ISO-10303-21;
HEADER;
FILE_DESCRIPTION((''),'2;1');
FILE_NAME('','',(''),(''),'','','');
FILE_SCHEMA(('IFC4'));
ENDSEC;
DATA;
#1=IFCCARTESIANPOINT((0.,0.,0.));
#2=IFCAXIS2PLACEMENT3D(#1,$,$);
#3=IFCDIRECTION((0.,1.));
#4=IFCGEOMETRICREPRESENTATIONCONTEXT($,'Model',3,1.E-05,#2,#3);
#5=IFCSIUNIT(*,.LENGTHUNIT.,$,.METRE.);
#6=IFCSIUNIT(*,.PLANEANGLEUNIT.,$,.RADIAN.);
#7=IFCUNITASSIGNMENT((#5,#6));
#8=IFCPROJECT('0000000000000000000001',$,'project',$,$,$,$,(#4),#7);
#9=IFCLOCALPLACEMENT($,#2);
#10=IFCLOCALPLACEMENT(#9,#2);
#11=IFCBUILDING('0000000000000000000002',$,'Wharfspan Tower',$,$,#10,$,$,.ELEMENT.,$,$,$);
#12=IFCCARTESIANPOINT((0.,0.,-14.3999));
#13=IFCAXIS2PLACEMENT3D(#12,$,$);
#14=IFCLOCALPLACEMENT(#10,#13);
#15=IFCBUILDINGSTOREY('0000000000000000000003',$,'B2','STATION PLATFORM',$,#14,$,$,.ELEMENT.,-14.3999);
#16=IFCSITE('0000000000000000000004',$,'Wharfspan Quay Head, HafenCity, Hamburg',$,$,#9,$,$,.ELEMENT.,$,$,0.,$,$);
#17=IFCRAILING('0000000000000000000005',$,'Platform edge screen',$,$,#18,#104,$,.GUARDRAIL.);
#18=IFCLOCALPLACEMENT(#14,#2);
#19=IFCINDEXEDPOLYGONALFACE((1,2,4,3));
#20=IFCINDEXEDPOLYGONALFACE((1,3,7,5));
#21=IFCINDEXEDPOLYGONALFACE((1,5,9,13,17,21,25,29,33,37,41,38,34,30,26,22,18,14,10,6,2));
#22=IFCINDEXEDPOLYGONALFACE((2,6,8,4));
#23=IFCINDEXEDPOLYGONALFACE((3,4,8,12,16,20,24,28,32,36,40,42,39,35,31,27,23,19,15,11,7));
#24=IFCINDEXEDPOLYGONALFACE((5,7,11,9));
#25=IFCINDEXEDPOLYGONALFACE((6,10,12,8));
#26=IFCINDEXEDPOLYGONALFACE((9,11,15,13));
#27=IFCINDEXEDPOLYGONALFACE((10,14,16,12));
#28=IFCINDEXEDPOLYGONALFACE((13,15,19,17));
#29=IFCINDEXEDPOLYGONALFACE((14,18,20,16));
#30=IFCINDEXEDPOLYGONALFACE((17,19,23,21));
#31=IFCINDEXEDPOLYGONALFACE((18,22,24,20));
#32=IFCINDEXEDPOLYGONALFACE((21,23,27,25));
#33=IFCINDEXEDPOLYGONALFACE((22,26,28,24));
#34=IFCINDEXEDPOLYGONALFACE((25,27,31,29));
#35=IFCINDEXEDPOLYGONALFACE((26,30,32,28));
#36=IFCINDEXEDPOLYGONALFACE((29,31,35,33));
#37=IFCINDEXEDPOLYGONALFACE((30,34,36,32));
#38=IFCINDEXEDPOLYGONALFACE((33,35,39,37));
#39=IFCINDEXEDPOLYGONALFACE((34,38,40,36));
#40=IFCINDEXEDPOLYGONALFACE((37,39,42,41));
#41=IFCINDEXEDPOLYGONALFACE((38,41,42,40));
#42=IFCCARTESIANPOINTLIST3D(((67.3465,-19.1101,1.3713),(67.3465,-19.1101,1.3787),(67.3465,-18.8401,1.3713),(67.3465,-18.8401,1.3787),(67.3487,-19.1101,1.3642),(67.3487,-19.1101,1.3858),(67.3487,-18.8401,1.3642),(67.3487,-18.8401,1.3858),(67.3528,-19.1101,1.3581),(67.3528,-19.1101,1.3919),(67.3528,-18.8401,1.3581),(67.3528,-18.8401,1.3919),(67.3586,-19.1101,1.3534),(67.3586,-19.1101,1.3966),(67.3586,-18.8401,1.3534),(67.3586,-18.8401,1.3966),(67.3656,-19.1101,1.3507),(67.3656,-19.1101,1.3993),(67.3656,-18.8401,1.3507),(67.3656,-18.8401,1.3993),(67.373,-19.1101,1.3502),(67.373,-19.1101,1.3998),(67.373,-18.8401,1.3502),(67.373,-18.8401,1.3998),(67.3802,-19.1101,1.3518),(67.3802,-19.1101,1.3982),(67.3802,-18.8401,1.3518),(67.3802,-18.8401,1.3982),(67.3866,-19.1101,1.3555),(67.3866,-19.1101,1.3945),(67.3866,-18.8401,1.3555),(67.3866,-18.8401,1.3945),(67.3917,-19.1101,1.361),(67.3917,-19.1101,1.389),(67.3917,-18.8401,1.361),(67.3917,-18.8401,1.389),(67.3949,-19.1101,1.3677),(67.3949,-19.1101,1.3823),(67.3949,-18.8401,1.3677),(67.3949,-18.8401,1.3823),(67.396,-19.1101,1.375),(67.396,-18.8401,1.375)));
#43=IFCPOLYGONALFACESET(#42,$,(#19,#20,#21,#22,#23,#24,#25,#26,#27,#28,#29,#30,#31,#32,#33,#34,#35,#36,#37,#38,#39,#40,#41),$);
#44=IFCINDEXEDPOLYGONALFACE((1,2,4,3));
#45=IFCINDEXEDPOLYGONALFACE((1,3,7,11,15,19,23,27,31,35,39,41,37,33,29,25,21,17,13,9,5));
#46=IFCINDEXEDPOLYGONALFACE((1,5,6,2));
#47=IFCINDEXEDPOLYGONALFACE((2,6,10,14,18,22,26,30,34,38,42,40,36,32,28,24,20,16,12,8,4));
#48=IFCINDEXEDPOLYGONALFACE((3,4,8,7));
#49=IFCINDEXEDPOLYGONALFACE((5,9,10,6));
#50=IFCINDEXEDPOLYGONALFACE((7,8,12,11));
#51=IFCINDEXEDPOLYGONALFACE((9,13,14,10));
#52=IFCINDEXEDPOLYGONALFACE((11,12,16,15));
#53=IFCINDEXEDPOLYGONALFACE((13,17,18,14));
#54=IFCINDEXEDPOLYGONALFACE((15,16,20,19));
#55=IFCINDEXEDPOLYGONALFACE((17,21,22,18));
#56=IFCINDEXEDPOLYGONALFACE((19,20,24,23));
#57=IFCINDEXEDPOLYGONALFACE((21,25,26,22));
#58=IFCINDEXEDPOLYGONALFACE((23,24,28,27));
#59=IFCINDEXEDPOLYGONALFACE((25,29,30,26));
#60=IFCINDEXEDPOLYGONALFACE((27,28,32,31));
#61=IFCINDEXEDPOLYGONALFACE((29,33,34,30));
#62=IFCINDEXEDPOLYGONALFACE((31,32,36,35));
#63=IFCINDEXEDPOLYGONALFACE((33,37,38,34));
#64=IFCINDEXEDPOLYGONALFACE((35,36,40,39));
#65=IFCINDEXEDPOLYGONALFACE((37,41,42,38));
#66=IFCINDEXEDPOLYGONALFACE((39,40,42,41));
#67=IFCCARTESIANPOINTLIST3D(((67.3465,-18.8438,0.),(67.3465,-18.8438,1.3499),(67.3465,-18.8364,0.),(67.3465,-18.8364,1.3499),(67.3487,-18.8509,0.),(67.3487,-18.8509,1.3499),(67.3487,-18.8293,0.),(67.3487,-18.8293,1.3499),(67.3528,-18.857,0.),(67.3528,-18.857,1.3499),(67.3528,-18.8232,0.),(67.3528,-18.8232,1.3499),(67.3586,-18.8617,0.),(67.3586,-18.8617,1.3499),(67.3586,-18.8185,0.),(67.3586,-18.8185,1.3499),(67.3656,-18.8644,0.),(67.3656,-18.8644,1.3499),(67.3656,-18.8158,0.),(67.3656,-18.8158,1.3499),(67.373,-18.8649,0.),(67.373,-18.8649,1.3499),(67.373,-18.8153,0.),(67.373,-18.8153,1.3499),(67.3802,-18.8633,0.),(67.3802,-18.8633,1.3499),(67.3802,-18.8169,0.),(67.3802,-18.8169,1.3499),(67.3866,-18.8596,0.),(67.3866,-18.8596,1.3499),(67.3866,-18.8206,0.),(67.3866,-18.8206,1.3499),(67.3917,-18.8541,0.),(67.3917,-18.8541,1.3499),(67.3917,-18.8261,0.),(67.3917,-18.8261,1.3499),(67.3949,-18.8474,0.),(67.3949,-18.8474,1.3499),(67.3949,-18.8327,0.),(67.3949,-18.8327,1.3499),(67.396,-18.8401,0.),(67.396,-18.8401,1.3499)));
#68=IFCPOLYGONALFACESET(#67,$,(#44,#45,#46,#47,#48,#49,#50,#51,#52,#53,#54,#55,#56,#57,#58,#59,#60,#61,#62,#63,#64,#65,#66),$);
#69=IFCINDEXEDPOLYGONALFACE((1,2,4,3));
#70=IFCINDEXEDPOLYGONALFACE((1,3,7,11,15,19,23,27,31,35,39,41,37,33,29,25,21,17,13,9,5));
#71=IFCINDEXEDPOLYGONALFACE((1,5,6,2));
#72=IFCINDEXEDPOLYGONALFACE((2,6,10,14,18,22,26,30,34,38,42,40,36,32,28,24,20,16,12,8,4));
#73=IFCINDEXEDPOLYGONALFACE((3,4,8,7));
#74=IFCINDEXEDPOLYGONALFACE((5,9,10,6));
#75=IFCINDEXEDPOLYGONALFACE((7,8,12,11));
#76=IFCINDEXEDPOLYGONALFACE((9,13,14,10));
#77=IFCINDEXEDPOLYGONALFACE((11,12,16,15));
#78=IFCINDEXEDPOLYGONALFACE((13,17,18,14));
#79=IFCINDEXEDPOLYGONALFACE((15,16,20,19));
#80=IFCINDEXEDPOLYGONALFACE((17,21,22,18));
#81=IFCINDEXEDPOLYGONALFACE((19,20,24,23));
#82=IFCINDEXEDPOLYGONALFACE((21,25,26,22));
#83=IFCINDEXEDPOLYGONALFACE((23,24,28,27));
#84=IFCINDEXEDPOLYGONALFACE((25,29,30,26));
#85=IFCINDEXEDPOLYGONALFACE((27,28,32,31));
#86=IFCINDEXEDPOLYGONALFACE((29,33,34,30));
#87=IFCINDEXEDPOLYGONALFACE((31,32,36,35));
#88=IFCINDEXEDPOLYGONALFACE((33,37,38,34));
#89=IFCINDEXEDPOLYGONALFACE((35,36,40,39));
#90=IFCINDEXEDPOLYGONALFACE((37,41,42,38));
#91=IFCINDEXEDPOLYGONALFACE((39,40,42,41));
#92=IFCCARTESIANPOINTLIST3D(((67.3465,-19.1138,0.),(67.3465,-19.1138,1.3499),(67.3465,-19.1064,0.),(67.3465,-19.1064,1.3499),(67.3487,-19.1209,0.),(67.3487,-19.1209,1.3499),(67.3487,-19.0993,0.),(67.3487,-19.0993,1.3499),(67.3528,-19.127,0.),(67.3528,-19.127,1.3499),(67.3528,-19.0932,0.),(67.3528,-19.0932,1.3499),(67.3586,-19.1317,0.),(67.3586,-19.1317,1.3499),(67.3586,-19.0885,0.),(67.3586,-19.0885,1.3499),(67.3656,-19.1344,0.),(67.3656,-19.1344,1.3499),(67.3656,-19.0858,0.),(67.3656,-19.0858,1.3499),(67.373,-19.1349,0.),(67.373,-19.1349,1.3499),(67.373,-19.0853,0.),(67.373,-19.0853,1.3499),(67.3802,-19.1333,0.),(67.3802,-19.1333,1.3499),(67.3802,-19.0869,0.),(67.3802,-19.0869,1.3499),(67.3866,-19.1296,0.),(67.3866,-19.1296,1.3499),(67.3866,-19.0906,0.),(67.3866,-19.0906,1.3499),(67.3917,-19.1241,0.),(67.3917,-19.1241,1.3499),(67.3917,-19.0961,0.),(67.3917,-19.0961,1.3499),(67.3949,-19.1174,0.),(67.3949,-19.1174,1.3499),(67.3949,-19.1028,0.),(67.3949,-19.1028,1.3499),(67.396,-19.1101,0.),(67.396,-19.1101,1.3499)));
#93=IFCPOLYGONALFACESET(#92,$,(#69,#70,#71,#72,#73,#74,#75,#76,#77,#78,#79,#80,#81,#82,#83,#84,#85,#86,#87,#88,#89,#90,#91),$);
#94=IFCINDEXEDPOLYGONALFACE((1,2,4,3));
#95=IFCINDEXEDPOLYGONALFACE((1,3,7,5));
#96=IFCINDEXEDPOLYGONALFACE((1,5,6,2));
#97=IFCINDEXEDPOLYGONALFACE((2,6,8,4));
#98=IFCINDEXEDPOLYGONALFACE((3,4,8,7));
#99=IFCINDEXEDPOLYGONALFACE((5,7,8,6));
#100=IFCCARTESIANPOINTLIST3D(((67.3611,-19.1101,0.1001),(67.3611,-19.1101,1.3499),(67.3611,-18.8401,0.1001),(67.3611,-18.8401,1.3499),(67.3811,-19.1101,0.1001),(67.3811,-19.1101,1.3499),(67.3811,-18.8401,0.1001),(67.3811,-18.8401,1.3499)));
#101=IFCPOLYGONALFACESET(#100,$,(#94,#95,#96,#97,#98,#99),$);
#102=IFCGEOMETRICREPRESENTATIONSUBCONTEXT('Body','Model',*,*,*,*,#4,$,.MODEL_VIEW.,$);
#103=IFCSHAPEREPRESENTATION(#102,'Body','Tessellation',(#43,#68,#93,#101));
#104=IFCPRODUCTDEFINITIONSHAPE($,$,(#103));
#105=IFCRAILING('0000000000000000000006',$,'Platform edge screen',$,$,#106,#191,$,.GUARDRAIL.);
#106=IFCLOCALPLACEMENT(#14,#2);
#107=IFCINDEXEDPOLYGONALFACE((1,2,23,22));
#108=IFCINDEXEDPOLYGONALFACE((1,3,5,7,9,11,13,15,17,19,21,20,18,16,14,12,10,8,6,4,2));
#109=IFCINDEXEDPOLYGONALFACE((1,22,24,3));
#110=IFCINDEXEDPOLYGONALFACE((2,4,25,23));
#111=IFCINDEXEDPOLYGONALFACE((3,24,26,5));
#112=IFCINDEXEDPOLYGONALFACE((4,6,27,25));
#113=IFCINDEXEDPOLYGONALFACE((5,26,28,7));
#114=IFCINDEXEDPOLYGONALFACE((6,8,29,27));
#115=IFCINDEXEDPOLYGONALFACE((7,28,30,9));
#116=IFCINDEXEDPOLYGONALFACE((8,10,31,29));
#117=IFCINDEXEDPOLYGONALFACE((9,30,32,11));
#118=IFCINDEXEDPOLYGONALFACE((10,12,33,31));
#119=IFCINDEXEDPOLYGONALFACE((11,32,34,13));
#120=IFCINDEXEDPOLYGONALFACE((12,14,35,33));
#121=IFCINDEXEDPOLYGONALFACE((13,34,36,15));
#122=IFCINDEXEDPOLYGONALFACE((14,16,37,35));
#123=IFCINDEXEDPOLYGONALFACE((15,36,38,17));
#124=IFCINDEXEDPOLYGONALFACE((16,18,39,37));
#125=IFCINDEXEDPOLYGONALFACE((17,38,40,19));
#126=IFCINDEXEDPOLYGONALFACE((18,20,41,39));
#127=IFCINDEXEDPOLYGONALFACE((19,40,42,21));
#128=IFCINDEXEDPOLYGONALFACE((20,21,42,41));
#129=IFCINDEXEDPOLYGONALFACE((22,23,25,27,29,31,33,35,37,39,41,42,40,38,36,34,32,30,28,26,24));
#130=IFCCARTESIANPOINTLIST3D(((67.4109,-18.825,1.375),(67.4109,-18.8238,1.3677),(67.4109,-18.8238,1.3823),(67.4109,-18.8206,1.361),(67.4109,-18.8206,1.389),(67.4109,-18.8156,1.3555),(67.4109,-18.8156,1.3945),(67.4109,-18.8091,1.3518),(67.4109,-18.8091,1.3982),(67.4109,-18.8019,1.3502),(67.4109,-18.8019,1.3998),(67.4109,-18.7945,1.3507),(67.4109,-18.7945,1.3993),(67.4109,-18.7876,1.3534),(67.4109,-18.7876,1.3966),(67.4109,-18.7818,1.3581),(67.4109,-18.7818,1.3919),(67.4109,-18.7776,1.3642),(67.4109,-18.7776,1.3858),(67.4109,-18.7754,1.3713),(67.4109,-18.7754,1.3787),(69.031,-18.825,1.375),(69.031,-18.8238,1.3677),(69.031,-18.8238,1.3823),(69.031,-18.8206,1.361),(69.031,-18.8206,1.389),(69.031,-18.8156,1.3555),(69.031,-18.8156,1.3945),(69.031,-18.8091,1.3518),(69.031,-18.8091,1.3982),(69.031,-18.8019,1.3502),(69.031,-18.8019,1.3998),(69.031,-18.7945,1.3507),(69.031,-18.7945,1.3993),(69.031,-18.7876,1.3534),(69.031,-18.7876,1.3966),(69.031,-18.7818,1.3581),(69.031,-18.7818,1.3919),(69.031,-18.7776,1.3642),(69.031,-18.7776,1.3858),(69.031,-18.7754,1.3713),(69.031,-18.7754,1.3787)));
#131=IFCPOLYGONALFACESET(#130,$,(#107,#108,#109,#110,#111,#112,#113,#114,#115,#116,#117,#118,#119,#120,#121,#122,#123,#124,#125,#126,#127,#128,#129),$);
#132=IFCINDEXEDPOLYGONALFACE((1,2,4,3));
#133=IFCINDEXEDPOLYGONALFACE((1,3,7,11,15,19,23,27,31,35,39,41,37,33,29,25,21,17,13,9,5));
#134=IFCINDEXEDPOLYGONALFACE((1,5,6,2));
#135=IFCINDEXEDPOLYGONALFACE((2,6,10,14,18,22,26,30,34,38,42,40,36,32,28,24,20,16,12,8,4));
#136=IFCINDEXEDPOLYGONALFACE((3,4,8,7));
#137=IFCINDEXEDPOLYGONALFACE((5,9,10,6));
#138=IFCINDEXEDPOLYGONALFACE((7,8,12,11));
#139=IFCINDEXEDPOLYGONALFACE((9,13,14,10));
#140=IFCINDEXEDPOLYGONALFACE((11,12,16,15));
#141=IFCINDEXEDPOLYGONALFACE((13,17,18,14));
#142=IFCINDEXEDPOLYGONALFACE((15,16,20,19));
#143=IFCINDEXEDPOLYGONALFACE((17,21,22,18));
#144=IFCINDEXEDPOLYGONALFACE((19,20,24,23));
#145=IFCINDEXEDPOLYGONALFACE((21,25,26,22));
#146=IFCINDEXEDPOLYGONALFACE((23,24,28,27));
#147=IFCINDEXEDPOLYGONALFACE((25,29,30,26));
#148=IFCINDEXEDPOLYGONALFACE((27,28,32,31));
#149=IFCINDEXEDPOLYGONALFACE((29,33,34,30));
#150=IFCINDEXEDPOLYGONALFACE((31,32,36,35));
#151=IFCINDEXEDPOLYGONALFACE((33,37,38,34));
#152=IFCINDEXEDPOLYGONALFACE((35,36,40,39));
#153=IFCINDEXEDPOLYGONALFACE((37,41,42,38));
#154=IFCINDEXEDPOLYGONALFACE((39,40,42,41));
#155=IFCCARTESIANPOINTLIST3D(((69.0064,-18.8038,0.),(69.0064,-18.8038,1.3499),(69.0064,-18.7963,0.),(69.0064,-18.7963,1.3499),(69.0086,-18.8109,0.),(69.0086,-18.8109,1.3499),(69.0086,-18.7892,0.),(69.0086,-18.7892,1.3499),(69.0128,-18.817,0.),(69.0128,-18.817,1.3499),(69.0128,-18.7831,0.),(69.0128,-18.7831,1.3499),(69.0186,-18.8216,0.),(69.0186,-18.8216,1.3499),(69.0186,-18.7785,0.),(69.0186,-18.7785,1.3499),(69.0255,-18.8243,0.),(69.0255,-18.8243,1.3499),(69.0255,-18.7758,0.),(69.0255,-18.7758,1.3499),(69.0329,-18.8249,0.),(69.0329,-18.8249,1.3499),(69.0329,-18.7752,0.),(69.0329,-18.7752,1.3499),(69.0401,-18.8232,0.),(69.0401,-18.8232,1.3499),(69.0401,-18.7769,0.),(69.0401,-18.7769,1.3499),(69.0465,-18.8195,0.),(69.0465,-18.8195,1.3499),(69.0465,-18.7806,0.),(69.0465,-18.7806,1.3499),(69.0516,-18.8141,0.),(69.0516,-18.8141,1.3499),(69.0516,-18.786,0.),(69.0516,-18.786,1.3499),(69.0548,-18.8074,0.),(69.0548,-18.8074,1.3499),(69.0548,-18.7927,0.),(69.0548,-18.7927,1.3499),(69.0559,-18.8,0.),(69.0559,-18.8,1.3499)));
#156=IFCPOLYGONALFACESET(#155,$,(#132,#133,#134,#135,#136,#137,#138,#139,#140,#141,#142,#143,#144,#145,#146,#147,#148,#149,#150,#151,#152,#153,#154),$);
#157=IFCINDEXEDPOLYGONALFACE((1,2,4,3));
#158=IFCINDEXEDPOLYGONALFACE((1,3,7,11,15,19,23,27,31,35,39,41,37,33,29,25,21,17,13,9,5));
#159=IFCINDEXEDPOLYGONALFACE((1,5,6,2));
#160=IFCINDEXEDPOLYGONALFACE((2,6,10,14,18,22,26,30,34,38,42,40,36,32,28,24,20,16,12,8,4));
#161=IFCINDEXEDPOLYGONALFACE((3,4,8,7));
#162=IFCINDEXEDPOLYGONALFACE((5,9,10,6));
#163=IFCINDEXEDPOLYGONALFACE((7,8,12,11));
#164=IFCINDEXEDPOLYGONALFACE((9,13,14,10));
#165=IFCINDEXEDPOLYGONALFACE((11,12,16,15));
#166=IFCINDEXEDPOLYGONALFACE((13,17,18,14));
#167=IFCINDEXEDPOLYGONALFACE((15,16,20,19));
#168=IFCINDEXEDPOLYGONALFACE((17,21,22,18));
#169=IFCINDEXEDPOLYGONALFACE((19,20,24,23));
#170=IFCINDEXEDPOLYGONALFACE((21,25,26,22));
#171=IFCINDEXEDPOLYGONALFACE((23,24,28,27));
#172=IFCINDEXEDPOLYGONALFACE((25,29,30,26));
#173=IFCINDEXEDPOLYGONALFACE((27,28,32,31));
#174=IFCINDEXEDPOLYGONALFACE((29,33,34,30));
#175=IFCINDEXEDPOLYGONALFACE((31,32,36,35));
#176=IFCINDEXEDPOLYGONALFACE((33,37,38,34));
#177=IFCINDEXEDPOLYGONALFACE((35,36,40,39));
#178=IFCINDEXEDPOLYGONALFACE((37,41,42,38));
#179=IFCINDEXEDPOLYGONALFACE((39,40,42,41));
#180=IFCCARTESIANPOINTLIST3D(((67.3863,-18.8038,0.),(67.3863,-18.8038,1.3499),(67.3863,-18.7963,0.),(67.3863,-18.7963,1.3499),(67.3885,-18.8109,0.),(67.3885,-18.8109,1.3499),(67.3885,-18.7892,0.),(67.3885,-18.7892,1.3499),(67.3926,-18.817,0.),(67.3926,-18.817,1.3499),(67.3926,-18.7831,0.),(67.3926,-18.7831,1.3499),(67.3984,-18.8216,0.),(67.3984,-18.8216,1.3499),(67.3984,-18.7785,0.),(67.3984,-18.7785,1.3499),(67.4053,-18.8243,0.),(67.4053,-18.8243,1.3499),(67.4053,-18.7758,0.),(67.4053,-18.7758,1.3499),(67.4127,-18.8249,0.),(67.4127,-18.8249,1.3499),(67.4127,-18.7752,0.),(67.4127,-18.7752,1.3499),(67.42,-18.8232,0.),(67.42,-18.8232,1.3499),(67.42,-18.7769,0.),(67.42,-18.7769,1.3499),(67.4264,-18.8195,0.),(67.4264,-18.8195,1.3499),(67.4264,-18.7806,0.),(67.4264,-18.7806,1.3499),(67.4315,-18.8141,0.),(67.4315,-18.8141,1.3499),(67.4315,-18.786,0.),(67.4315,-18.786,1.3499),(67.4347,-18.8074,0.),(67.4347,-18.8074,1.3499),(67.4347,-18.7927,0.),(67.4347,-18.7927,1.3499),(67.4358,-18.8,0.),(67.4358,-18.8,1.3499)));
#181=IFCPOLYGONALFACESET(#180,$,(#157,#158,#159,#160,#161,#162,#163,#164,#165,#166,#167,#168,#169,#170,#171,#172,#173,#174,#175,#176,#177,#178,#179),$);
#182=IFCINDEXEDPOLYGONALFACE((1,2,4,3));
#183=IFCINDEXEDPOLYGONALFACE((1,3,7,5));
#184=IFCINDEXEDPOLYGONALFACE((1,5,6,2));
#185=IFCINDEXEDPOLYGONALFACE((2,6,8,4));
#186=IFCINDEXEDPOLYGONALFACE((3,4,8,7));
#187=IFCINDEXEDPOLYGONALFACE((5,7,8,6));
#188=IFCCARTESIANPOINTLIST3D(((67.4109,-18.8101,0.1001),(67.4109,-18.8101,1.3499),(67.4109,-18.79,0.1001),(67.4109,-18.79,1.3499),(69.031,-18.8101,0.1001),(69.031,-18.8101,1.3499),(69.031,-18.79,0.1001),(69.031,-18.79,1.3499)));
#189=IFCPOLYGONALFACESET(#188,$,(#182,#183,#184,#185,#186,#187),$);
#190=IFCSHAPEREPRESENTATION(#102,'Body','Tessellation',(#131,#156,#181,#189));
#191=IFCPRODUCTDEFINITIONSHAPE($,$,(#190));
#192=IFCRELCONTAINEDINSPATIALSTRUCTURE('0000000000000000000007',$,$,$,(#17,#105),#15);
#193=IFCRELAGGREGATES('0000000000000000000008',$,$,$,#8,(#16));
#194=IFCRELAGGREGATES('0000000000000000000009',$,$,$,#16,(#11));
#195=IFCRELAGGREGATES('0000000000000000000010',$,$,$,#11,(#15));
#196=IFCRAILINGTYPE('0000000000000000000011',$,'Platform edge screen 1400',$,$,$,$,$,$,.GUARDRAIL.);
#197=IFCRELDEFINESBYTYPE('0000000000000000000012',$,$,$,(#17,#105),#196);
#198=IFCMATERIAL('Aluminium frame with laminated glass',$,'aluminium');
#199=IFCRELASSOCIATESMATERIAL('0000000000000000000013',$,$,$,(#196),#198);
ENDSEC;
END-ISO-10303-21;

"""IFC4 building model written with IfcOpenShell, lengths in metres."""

from ifc_helpers import new_model, si_unit, direction, frame, origin, origin_2d, place, context, subcontext, project, spatial, rectangle, circle, extrude, material, type_object, element, save


model = new_model("IFC4")

# Units and contexts
model_context = context("Model", 3, precision=1e-05, world=origin(), true_north=direction((0.0, 1.0)))
body_context = subcontext(model_context, "Body", "Model", "MODEL_VIEW")
ifc_project = project(units=[si_unit("LENGTHUNIT", "METRE"), si_unit("PLANEANGLEUNIT", "RADIAN")], contexts=[model_context])

# Site, building, storey
site_placement = place(None, origin())
site = spatial("IfcSite", under=ifc_project, at=site_placement, Name="Wharfspan Quay Head, HafenCity, Hamburg", CompositionType="ELEMENT", RefElevation=0.0)
building_placement = place(site_placement, origin())
building = spatial("IfcBuilding", under=site, at=building_placement, Name="Wharfspan Tower", CompositionType="ELEMENT")
storey_placement = place(building_placement, frame((0.0, 0.0, -14.3999)))
storey = spatial("IfcBuildingStorey", under=building, at=storey_placement, Name="B2", Description="STATION PLATFORM", CompositionType="ELEMENT", Elevation=-14.3999)

# Railings
ifc_material_1 = material(Name="Aluminium frame with laminated glass", Category="aluminium")
railing_type_1 = type_object("IfcRailingType", Name="Platform edge screen 1400", PredefinedType="GUARDRAIL", material=ifc_material_1)
railing_1_placement = place(storey_placement, frame((67.3711, -18.8401, 0.0)))
element("IfcRailing", 1, at=railing_1_placement, inside=storey, type_object=railing_type_1, Name="Platform edge screen", PredefinedType="GUARDRAIL", context=body_context, shape_type="SweptSolid", body=[
    extrude(circle(Radius=0.0249, at=origin_2d()), frame((0.0, 0.0, 1.375), z_axis=(0.0, -1.0, 0.0), x_axis=(1.0, 0.0, 0.0)), (0.0, 0.0, 1.0), 0.27),
    extrude(circle(Radius=0.0249, at=origin_2d()), origin(), (0.0, 0.0, 1.0), 1.3499),
    extrude(circle(Radius=0.0249, at=origin_2d()), frame((0.0, -0.27, 0.0)), (0.0, 0.0, 1.0), 1.3499),
    extrude(rectangle(XDim=0.27, YDim=0.02, at=origin_2d()), frame((0.0, -0.135, 0.1001), z_axis=(0.0, 0.0, 1.0), x_axis=(0.0, -1.0, 0.0)), (0.0, 0.0, 1.0), 1.2498),
])
railing_2_placement = place(storey_placement, frame((69.031, -18.8, 0.0)))
element("IfcRailing", 2, at=railing_2_placement, inside=storey, type_object=railing_type_1, Name="Platform edge screen", PredefinedType="GUARDRAIL", context=body_context, shape_type="SweptSolid", body=[
    extrude(circle(Radius=0.0249, at=origin_2d()), frame((0.0, 0.0, 1.375), z_axis=(-1.0, 0.0, 0.0), x_axis=(0.0, -1.0, 0.0)), (0.0, 0.0, 1.0), 1.6201),
    extrude(circle(Radius=0.0249, at=origin_2d()), origin(), (0.0, 0.0, 1.0), 1.3499),
    extrude(circle(Radius=0.0249, at=origin_2d()), frame((-1.6201, 0.0, 0.0)), (0.0, 0.0, 1.0), 1.3499),
    extrude(rectangle(XDim=1.6201, YDim=0.02, at=origin_2d()), frame((-0.8101, 0.0, 0.1001), z_axis=(0.0, 0.0, 1.0), x_axis=(-1.0, 0.0, 0.0)), (0.0, 0.0, 1.0), 1.2498),
])

save(model, "model.ifc")
